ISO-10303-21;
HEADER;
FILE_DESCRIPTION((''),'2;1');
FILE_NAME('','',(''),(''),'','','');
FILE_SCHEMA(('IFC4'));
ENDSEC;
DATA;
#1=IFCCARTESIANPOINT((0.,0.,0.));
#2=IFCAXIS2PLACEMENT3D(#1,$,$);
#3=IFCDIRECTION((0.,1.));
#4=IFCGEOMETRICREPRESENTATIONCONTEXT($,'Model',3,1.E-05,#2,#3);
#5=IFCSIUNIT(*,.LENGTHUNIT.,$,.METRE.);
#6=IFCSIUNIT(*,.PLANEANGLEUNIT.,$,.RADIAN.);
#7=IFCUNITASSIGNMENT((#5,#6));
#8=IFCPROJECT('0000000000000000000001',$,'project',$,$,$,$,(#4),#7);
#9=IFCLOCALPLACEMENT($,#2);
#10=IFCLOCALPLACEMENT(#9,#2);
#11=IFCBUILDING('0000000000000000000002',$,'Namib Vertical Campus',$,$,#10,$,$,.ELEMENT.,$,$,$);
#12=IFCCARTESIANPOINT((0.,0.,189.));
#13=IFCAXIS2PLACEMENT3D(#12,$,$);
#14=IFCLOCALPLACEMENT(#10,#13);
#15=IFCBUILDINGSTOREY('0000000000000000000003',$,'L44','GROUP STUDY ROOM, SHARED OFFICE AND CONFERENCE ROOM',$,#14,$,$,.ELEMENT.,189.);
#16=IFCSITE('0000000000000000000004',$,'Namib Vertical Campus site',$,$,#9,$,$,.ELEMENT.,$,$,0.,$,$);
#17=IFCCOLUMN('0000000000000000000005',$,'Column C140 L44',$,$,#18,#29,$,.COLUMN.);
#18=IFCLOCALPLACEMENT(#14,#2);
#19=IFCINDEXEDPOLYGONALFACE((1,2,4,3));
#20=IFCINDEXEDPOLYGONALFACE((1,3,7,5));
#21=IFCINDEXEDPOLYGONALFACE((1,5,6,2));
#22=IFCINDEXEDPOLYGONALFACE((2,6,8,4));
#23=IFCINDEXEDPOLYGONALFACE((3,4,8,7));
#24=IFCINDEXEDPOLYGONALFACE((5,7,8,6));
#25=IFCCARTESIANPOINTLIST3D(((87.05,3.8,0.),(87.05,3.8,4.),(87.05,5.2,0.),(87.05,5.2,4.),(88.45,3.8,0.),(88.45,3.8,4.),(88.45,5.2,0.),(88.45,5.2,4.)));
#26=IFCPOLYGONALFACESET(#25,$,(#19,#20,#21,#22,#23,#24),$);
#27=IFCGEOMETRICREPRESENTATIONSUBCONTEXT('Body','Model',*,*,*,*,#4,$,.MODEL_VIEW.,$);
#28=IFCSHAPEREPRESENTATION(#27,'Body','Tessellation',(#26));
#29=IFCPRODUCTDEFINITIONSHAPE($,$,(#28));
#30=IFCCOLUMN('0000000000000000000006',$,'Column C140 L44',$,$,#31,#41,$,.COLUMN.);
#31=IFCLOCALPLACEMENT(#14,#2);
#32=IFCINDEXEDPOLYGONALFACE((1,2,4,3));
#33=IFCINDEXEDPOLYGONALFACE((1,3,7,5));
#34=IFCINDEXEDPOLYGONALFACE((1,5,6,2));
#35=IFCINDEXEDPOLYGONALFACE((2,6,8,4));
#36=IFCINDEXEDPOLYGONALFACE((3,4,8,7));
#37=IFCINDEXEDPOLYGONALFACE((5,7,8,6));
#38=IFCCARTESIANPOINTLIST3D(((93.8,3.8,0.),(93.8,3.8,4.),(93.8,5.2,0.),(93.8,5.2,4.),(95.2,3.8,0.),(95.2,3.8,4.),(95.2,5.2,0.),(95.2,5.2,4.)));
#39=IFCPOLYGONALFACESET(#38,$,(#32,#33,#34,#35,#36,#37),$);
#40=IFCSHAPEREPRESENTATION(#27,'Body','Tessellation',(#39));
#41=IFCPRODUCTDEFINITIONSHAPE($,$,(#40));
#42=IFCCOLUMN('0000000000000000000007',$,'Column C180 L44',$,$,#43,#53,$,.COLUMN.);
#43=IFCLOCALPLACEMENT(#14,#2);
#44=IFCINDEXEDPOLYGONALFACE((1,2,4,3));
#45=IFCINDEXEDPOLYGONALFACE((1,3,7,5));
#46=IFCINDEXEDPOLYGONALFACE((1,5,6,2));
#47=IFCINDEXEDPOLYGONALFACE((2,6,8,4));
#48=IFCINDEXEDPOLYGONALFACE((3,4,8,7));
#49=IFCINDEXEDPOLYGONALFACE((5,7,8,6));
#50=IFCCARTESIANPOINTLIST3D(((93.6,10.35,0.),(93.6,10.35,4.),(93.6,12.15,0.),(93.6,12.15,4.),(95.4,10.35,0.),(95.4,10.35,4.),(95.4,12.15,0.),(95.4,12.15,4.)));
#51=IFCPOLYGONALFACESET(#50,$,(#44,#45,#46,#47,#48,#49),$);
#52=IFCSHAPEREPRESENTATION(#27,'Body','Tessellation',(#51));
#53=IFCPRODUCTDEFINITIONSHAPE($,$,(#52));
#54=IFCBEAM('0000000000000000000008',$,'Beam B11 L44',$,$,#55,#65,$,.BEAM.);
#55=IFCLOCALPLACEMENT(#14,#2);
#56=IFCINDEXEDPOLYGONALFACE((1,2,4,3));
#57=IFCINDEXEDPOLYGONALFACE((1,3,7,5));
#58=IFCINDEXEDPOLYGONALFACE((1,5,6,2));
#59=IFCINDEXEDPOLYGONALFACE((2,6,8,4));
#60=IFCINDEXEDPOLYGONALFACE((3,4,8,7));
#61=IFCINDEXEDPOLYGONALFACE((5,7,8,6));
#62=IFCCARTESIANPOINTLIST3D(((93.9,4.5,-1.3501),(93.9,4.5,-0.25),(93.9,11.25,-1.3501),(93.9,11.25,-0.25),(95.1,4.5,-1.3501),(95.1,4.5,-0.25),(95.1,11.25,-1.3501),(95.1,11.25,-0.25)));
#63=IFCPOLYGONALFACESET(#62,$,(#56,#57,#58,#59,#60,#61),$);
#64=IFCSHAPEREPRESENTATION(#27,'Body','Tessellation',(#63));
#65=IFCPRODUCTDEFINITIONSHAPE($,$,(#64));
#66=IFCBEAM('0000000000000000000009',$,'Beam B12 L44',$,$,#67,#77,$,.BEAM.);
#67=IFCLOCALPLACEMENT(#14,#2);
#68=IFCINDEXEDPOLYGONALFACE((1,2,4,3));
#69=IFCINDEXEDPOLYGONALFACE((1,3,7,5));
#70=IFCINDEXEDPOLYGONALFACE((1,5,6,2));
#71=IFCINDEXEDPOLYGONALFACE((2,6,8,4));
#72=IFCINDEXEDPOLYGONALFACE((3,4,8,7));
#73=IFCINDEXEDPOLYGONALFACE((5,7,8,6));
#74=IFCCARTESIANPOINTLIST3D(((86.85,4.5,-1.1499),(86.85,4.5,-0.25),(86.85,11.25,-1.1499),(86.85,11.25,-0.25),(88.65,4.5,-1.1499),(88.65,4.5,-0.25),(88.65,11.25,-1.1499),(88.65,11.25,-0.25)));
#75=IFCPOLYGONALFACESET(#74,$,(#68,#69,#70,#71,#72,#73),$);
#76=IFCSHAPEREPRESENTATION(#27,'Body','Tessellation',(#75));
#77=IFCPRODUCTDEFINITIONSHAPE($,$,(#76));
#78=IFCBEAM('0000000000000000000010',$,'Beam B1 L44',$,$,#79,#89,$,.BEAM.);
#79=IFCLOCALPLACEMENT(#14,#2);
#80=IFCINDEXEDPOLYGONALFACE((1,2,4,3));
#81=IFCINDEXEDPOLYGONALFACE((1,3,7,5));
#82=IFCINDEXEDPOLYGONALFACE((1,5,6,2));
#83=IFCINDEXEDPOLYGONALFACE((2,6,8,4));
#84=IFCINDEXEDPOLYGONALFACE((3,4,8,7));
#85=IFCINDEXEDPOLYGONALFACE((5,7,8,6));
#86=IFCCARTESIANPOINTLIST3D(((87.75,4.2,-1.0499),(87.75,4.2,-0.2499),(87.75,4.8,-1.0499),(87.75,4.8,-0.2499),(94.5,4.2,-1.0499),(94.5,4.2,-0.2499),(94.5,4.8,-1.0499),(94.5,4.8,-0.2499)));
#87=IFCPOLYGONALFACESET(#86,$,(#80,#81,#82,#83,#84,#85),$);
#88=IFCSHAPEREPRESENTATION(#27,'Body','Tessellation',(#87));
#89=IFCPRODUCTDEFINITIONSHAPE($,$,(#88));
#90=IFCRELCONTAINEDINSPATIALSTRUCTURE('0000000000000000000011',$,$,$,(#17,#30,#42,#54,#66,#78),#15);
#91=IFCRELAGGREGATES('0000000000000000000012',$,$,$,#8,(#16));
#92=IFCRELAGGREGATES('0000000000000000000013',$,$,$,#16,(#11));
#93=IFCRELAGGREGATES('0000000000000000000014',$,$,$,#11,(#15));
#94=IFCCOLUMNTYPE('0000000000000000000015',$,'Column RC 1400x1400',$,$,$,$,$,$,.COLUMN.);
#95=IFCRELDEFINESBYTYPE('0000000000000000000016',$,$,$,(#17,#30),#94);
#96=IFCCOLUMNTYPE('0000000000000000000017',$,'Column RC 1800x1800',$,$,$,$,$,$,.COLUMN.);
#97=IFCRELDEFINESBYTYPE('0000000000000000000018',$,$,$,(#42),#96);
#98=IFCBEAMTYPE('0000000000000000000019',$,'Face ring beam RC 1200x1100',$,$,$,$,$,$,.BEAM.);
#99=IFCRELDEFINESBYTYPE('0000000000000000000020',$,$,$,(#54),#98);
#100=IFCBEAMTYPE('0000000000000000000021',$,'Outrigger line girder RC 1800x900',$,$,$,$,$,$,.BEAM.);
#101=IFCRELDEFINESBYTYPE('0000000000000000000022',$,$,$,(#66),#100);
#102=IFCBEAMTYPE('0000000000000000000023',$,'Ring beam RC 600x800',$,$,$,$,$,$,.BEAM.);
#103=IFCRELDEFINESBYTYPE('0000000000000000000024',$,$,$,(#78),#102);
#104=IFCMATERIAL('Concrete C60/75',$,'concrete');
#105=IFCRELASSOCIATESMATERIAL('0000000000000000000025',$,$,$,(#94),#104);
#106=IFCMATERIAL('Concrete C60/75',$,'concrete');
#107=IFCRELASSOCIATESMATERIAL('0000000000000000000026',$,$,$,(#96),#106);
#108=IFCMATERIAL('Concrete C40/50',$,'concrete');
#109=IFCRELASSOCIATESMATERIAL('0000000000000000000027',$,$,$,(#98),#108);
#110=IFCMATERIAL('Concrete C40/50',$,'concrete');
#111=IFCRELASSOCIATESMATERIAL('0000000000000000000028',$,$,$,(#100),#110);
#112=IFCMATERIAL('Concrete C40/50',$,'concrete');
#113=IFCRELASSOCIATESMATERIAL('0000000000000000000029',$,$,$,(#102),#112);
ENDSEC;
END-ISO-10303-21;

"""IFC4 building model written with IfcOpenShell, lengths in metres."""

from ifc_helpers import new_model, si_unit, direction, frame, origin, origin_2d, place, context, subcontext, project, spatial, rectangle, extrude, material, material_profile, profile_set, type_object, element, save


model = new_model("IFC4")

# Units and contexts
model_context = context("Model", 3, precision=1e-05, world=origin(), true_north=direction((0.0, 1.0)))
body_context = subcontext(model_context, "Body", "Model", "MODEL_VIEW")
ifc_project = project(units=[si_unit("LENGTHUNIT", "METRE"), si_unit("PLANEANGLEUNIT", "RADIAN")], contexts=[model_context])

# Site, building, storey
site_placement = place(None, origin())
site = spatial("IfcSite", under=ifc_project, at=site_placement, Name="Namib Vertical Campus site", CompositionType="ELEMENT", RefElevation=0.0)
building_placement = place(site_placement, origin())
building = spatial("IfcBuilding", under=site, at=building_placement, Name="Namib Vertical Campus", CompositionType="ELEMENT")
storey_placement = place(building_placement, frame((0.0, 0.0, 189.0)))
storey = spatial("IfcBuildingStorey", under=building, at=storey_placement, Name="L44", Description="GROUP STUDY ROOM, SHARED OFFICE AND CONFERENCE ROOM", CompositionType="ELEMENT", Elevation=189.0)

# Columns
ifc_material_1 = material(Name="Concrete C60/75", Category="concrete")
ifc_material_profile_1 = material_profile(ifc_material_1, rectangle(XDim=1.3999, YDim=1.3999, at=origin_2d()))
ifc_profile_set_1 = profile_set([ifc_material_profile_1], Name="Concrete C60/75")
column_type_1 = type_object("IfcColumnType", Name="Column RC 1400x1400", PredefinedType="COLUMN", material=ifc_profile_set_1)
for number, where, z_axis, x_axis, name in (
    (1, (87.75, 4.5, 0.0), (0.0, 0.0, 1.0), (1.0, 0.0, 0.0), "Column C140 L44"),
    (2, (94.5, 4.5, 0.0), (0.0, 0.0, 1.0), (1.0, 0.0, 0.0), "Column C140 L44"),
):
    element("IfcColumn", number, at=place(storey_placement, frame(where, z_axis=z_axis, x_axis=x_axis)), inside=storey, type_object=column_type_1, Name=name, PredefinedType="COLUMN", context=body_context, shape_type="SweptSolid", body=[
        extrude(rectangle(XDim=1.3999, YDim=1.3999, at=origin_2d()), origin(), (0.0, 0.0, 1.0), 4.0),
    ])
ifc_material_2 = material(Name="Concrete C60/75", Category="concrete")
ifc_material_profile_2 = material_profile(ifc_material_2, rectangle(XDim=1.8, YDim=1.8, at=origin_2d()))
ifc_profile_set_2 = profile_set([ifc_material_profile_2], Name="Concrete C60/75")
column_type_2 = type_object("IfcColumnType", Name="Column RC 1800x1800", PredefinedType="COLUMN", material=ifc_profile_set_2)
column_placement = place(storey_placement, frame((94.5, 11.25, 0.0), z_axis=(0.0, 0.0, 1.0), x_axis=(1.0, 0.0, 0.0)))
element("IfcColumn", 3, at=column_placement, inside=storey, type_object=column_type_2, Name="Column C180 L44", PredefinedType="COLUMN", context=body_context, shape_type="SweptSolid", body=[
    extrude(rectangle(XDim=1.8, YDim=1.8, at=origin_2d()), origin(), (0.0, 0.0, 1.0), 4.0),
])

# Beams
ifc_material_3 = material(Name="Concrete C40/50", Category="concrete")
ifc_material_profile_3 = material_profile(ifc_material_3, rectangle(XDim=1.2, YDim=1.1001, at=origin_2d()))
ifc_profile_set_3 = profile_set([ifc_material_profile_3], Name="Concrete C40/50")
beam_type_1 = type_object("IfcBeamType", Name="Face ring beam RC 1200x1100", PredefinedType="BEAM", material=ifc_profile_set_3)
beam_1_placement = place(storey_placement, frame((94.5, 4.5, -0.8), z_axis=(0.0, 1.0, 0.0), x_axis=(-1.0, 0.0, 0.0)))
element("IfcBeam", 4, at=beam_1_placement, inside=storey, type_object=beam_type_1, Name="Beam B11 L44", PredefinedType="BEAM", context=body_context, shape_type="SweptSolid", body=[
    extrude(rectangle(XDim=1.2, YDim=1.1001, at=origin_2d()), origin(), (0.0, 0.0, 1.0), 6.75),
])
ifc_material_4 = material(Name="Concrete C40/50", Category="concrete")
ifc_material_profile_4 = material_profile(ifc_material_4, rectangle(XDim=1.8, YDim=0.8999, at=origin_2d()))
ifc_profile_set_4 = profile_set([ifc_material_profile_4], Name="Concrete C40/50")
beam_type_2 = type_object("IfcBeamType", Name="Outrigger line girder RC 1800x900", PredefinedType="BEAM", material=ifc_profile_set_4)
beam_2_placement = place(storey_placement, frame((87.75, 4.5, -0.7), z_axis=(0.0, 1.0, 0.0), x_axis=(-1.0, 0.0, 0.0)))
element("IfcBeam", 5, at=beam_2_placement, inside=storey, type_object=beam_type_2, Name="Beam B12 L44", PredefinedType="BEAM", context=body_context, shape_type="SweptSolid", body=[
    extrude(rectangle(XDim=1.8, YDim=0.8999, at=origin_2d()), origin(), (0.0, 0.0, 1.0), 6.75),
])
ifc_material_5 = material(Name="Concrete C40/50", Category="concrete")
ifc_material_profile_5 = material_profile(ifc_material_5, rectangle(XDim=0.6001, YDim=0.8, at=origin_2d()))
ifc_profile_set_5 = profile_set([ifc_material_profile_5], Name="Concrete C40/50")
beam_type_3 = type_object("IfcBeamType", Name="Ring beam RC 600x800", PredefinedType="BEAM", material=ifc_profile_set_5)
beam_3_placement = place(storey_placement, frame((87.75, 4.5, -0.6499), z_axis=(1.0, 0.0, 0.0), x_axis=(0.0, 1.0, 0.0)))
element("IfcBeam", 6, at=beam_3_placement, inside=storey, type_object=beam_type_3, Name="Beam B1 L44", PredefinedType="BEAM", context=body_context, shape_type="SweptSolid", body=[
    extrude(rectangle(XDim=0.6001, YDim=0.8, at=origin_2d()), origin(), (0.0, 0.0, 1.0), 6.75),
])

save(model, "model.ifc")
